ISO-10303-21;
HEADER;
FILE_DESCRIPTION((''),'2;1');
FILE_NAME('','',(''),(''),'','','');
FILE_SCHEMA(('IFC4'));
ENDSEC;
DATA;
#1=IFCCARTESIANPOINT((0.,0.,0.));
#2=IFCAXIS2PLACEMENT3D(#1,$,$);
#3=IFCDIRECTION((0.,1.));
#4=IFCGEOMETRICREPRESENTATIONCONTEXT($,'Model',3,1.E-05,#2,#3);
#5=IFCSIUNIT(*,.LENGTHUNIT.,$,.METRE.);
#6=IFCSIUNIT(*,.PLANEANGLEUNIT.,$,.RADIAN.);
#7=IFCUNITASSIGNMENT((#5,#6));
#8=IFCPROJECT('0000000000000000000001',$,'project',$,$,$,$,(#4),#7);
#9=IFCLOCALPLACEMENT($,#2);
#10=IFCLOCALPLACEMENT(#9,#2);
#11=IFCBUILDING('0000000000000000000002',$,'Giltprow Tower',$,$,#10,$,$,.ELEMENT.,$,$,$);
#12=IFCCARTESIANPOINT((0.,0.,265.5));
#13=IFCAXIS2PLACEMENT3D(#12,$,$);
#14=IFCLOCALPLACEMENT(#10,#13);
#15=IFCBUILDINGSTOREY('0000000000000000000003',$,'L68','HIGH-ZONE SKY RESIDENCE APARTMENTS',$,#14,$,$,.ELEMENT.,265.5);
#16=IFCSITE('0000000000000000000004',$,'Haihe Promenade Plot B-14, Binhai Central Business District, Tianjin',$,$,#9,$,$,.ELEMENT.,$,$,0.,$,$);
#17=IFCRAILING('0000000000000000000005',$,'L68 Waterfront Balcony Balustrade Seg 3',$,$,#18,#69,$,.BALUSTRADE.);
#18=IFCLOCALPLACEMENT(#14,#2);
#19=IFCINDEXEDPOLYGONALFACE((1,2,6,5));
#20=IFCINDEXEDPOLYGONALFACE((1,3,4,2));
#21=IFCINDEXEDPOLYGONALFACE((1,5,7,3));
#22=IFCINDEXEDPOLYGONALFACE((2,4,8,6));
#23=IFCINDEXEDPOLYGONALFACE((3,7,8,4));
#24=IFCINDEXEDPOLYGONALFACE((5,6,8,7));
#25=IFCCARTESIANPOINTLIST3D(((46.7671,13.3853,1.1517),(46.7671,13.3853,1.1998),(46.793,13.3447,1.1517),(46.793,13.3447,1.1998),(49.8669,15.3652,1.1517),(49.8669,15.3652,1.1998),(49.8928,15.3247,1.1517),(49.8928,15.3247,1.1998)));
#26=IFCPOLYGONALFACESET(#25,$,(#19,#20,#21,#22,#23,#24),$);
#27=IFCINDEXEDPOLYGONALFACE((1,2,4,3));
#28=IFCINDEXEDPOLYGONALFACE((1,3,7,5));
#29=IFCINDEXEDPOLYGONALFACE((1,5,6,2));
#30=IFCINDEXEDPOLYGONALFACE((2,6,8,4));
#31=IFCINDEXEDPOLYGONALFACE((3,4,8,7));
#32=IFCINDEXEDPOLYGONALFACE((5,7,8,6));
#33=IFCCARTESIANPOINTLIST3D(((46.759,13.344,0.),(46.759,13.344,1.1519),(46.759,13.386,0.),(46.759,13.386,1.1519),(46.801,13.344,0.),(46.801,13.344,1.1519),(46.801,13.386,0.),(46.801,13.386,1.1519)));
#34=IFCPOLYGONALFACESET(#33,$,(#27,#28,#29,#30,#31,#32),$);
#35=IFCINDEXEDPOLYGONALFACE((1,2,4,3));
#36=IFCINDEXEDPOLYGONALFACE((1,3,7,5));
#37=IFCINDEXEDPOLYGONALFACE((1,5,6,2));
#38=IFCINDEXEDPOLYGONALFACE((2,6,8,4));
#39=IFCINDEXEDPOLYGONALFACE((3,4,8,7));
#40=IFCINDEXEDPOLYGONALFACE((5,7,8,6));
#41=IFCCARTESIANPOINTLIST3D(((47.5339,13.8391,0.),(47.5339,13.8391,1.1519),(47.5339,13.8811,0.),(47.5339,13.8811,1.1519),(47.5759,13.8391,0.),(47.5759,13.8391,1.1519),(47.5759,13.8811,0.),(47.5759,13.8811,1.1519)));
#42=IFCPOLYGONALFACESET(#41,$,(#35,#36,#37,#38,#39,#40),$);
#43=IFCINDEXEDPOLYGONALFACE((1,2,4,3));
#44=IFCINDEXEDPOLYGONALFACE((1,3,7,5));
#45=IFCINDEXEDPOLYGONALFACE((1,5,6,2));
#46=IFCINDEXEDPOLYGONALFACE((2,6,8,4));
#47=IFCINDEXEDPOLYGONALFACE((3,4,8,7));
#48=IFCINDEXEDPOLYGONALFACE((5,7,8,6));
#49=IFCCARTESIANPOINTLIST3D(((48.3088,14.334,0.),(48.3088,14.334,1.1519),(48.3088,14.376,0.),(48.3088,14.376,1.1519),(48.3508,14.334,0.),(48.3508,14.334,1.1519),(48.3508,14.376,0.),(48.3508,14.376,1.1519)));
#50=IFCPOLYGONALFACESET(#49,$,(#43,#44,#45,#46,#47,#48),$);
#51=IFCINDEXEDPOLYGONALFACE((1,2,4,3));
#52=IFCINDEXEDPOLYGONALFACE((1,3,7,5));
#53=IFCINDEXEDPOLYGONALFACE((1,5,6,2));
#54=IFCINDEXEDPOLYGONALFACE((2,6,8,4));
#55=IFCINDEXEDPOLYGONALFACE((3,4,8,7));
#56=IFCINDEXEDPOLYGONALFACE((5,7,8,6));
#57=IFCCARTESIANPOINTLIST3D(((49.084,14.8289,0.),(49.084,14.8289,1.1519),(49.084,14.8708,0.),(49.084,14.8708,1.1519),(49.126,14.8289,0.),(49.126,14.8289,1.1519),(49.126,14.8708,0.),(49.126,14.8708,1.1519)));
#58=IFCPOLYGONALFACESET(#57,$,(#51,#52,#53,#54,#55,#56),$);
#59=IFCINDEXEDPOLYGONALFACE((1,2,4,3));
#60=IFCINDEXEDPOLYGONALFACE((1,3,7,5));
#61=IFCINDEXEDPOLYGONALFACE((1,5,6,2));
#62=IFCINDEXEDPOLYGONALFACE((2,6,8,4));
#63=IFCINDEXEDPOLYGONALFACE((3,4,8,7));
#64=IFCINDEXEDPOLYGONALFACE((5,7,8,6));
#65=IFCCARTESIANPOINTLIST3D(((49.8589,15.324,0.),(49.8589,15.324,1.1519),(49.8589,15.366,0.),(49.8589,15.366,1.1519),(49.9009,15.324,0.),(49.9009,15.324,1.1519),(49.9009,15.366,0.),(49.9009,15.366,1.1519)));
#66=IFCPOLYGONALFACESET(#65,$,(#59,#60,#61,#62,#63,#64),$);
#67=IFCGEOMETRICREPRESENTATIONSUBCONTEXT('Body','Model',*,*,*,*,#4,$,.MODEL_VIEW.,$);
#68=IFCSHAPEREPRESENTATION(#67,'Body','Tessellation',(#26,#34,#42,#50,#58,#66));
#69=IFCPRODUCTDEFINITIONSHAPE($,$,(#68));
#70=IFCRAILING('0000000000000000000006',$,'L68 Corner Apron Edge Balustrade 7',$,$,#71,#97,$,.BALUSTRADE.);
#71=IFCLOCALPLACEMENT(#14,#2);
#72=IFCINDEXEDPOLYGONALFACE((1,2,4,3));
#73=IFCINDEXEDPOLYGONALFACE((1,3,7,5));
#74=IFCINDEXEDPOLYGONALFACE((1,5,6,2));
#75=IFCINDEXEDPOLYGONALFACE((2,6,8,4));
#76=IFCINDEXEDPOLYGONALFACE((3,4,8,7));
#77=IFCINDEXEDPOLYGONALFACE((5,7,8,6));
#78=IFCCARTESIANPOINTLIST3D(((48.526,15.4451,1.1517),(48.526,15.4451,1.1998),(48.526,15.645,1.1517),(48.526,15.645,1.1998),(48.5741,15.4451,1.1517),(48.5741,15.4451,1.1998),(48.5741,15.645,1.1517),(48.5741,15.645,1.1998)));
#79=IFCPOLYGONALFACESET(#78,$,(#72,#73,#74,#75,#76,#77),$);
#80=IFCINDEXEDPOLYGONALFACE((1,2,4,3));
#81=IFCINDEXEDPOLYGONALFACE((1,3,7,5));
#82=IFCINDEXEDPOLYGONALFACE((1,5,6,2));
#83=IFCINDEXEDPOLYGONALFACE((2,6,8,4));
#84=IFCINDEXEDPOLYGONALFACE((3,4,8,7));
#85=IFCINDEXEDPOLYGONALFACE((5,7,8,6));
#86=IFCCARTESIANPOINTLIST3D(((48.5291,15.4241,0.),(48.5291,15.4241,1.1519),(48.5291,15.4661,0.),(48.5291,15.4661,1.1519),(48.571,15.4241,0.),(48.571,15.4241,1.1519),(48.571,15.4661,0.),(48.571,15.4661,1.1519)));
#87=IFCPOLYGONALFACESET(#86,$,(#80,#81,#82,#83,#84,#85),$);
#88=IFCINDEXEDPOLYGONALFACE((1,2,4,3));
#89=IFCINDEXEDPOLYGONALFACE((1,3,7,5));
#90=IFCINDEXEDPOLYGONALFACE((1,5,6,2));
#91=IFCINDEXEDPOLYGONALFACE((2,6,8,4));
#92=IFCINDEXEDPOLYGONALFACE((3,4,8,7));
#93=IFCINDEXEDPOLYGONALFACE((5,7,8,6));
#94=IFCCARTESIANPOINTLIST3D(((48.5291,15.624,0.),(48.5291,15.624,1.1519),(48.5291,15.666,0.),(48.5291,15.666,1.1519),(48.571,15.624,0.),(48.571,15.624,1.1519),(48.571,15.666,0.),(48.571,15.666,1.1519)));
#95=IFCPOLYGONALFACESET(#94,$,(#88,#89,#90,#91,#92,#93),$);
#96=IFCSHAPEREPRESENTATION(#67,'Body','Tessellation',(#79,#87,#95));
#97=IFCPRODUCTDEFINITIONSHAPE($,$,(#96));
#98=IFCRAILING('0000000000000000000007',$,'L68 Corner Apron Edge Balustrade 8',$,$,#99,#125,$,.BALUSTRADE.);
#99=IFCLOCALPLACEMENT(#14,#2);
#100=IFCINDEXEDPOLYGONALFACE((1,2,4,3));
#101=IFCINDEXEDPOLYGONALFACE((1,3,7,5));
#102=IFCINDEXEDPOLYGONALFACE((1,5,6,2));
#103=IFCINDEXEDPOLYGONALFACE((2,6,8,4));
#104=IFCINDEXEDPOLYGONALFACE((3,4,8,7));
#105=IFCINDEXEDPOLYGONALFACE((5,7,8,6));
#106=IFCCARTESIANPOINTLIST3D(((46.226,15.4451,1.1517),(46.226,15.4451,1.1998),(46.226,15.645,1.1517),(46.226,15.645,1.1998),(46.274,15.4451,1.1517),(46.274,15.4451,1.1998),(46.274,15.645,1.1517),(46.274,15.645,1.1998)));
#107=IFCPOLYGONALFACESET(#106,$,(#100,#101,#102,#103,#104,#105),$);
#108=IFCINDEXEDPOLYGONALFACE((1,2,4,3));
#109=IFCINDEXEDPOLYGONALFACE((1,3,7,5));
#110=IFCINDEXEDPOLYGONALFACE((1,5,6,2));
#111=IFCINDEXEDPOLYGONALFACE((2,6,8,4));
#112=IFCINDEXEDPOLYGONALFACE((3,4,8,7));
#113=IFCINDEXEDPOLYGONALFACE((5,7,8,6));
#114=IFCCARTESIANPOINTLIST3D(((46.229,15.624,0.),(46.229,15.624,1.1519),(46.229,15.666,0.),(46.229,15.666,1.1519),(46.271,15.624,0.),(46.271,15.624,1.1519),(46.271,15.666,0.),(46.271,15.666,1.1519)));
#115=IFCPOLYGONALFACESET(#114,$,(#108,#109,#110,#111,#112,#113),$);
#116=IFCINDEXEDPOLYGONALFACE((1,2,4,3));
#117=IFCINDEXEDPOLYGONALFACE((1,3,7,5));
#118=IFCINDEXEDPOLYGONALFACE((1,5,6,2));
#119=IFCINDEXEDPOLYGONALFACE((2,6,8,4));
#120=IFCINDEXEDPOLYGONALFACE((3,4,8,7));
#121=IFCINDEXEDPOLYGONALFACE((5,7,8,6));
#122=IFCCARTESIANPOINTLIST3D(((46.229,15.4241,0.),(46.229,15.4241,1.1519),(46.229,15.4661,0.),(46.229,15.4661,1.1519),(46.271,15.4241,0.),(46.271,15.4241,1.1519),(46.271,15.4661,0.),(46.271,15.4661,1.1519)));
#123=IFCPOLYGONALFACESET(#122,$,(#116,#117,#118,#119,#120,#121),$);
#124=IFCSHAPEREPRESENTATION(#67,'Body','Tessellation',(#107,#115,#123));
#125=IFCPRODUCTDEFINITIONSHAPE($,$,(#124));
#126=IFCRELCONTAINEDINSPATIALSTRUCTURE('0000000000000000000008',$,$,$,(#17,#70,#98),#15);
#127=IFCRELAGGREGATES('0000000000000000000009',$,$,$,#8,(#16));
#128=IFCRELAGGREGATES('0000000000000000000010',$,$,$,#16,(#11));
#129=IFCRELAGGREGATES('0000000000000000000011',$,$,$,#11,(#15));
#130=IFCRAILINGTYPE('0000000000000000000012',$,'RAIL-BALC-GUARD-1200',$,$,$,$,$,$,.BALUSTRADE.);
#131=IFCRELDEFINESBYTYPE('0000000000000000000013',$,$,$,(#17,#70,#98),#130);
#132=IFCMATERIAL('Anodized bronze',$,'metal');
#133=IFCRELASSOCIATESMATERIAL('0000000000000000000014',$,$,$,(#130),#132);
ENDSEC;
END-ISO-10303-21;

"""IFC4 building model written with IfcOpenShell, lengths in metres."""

from ifc_helpers import new_model, si_unit, direction, frame, origin, origin_2d, place, context, subcontext, project, spatial, rectangle, extrude, material, type_object, element, save


model = new_model("IFC4")

# Units and contexts
model_context = context("Model", 3, precision=1e-05, world=origin(), true_north=direction((0.0, 1.0)))
body_context = subcontext(model_context, "Body", "Model", "MODEL_VIEW")
ifc_project = project(units=[si_unit("LENGTHUNIT", "METRE"), si_unit("PLANEANGLEUNIT", "RADIAN")], contexts=[model_context])

# Site, building, storey
site_placement = place(None, origin())
site = spatial("IfcSite", under=ifc_project, at=site_placement, Name="Haihe Promenade Plot B-14, Binhai Central Business District, Tianjin", CompositionType="ELEMENT", RefElevation=0.0)
building_placement = place(site_placement, origin())
building = spatial("IfcBuilding", under=site, at=building_placement, Name="Giltprow Tower", CompositionType="ELEMENT")
storey_placement = place(building_placement, frame((0.0, 0.0, 265.5)))
storey = spatial("IfcBuildingStorey", under=building, at=storey_placement, Name="L68", Description="HIGH-ZONE SKY RESIDENCE APARTMENTS", CompositionType="ELEMENT", Elevation=265.5)

# Railings
ifc_material_1 = material(Name="Anodized bronze", Category="metal")
railing_type = type_object("IfcRailingType", Name="RAIL-BALC-GUARD-1200", PredefinedType="BALUSTRADE", material=ifc_material_1)
railing_1_placement = place(storey_placement, frame((46.78, 13.365, 0.0)))
element("IfcRailing", 1, at=railing_1_placement, inside=storey, type_object=railing_type, Name="L68 Waterfront Balcony Balustrade Seg 3", PredefinedType="BALUSTRADE", context=body_context, shape_type="SweptSolid", body=[
    extrude(rectangle(XDim=0.0481, YDim=0.0481, at=origin_2d()), frame((0.0, 0.0, 1.1758), z_axis=(0.842756, 0.538296, 0.0), x_axis=(-0.538296, 0.842756, 0.0)), (0.0, 0.0, 1.0), 3.6782),
    extrude(rectangle(XDim=0.042, YDim=0.042, at=origin_2d()), origin(), (0.0, 0.0, 1.0), 1.1519),
    extrude(rectangle(XDim=0.042, YDim=0.042, at=origin_2d()), frame((0.7749, 0.4951, 0.0)), (0.0, 0.0, 1.0), 1.1519),
    extrude(rectangle(XDim=0.042, YDim=0.042, at=origin_2d()), frame((1.5498, 0.99, 0.0)), (0.0, 0.0, 1.0), 1.1519),
    extrude(rectangle(XDim=0.042, YDim=0.042, at=origin_2d()), frame((2.325, 1.4849, 0.0)), (0.0, 0.0, 1.0), 1.1519),
    extrude(rectangle(XDim=0.042, YDim=0.042, at=origin_2d()), frame((3.0999, 1.98, 0.0)), (0.0, 0.0, 1.0), 1.1519),
])
railing_2_placement = place(storey_placement, frame((48.55, 15.4451, 0.0)))
element("IfcRailing", 2, at=railing_2_placement, inside=storey, type_object=railing_type, Name="L68 Corner Apron Edge Balustrade 7", PredefinedType="BALUSTRADE", context=body_context, shape_type="SweptSolid", body=[
    extrude(rectangle(XDim=0.0481, YDim=0.0481, at=origin_2d()), frame((0.0, 0.0, 1.1758), z_axis=(0.0, 1.0, 0.0), x_axis=(-1.0, 0.0, 0.0)), (0.0, 0.0, 1.0), 0.2),
    extrude(rectangle(XDim=0.042, YDim=0.042, at=origin_2d()), origin(), (0.0, 0.0, 1.0), 1.1519),
    extrude(rectangle(XDim=0.042, YDim=0.042, at=origin_2d()), frame((0.0, 0.2, 0.0)), (0.0, 0.0, 1.0), 1.1519),
])
railing_3_placement = place(storey_placement, frame((46.25, 15.645, 0.0)))
element("IfcRailing", 3, at=railing_3_placement, inside=storey, type_object=railing_type, Name="L68 Corner Apron Edge Balustrade 8", PredefinedType="BALUSTRADE", context=body_context, shape_type="SweptSolid", body=[
    extrude(rectangle(XDim=0.0481, YDim=0.0481, at=origin_2d()), frame((0.0, 0.0, 1.1758), z_axis=(0.0, -1.0, 0.0), x_axis=(1.0, 0.0, 0.0)), (0.0, 0.0, 1.0), 0.2),
    extrude(rectangle(XDim=0.042, YDim=0.042, at=origin_2d()), origin(), (0.0, 0.0, 1.0), 1.1519),
    extrude(rectangle(XDim=0.042, YDim=0.042, at=origin_2d()), frame((0.0, -0.2, 0.0)), (0.0, 0.0, 1.0), 1.1519),
])

save(model, "model.ifc")
